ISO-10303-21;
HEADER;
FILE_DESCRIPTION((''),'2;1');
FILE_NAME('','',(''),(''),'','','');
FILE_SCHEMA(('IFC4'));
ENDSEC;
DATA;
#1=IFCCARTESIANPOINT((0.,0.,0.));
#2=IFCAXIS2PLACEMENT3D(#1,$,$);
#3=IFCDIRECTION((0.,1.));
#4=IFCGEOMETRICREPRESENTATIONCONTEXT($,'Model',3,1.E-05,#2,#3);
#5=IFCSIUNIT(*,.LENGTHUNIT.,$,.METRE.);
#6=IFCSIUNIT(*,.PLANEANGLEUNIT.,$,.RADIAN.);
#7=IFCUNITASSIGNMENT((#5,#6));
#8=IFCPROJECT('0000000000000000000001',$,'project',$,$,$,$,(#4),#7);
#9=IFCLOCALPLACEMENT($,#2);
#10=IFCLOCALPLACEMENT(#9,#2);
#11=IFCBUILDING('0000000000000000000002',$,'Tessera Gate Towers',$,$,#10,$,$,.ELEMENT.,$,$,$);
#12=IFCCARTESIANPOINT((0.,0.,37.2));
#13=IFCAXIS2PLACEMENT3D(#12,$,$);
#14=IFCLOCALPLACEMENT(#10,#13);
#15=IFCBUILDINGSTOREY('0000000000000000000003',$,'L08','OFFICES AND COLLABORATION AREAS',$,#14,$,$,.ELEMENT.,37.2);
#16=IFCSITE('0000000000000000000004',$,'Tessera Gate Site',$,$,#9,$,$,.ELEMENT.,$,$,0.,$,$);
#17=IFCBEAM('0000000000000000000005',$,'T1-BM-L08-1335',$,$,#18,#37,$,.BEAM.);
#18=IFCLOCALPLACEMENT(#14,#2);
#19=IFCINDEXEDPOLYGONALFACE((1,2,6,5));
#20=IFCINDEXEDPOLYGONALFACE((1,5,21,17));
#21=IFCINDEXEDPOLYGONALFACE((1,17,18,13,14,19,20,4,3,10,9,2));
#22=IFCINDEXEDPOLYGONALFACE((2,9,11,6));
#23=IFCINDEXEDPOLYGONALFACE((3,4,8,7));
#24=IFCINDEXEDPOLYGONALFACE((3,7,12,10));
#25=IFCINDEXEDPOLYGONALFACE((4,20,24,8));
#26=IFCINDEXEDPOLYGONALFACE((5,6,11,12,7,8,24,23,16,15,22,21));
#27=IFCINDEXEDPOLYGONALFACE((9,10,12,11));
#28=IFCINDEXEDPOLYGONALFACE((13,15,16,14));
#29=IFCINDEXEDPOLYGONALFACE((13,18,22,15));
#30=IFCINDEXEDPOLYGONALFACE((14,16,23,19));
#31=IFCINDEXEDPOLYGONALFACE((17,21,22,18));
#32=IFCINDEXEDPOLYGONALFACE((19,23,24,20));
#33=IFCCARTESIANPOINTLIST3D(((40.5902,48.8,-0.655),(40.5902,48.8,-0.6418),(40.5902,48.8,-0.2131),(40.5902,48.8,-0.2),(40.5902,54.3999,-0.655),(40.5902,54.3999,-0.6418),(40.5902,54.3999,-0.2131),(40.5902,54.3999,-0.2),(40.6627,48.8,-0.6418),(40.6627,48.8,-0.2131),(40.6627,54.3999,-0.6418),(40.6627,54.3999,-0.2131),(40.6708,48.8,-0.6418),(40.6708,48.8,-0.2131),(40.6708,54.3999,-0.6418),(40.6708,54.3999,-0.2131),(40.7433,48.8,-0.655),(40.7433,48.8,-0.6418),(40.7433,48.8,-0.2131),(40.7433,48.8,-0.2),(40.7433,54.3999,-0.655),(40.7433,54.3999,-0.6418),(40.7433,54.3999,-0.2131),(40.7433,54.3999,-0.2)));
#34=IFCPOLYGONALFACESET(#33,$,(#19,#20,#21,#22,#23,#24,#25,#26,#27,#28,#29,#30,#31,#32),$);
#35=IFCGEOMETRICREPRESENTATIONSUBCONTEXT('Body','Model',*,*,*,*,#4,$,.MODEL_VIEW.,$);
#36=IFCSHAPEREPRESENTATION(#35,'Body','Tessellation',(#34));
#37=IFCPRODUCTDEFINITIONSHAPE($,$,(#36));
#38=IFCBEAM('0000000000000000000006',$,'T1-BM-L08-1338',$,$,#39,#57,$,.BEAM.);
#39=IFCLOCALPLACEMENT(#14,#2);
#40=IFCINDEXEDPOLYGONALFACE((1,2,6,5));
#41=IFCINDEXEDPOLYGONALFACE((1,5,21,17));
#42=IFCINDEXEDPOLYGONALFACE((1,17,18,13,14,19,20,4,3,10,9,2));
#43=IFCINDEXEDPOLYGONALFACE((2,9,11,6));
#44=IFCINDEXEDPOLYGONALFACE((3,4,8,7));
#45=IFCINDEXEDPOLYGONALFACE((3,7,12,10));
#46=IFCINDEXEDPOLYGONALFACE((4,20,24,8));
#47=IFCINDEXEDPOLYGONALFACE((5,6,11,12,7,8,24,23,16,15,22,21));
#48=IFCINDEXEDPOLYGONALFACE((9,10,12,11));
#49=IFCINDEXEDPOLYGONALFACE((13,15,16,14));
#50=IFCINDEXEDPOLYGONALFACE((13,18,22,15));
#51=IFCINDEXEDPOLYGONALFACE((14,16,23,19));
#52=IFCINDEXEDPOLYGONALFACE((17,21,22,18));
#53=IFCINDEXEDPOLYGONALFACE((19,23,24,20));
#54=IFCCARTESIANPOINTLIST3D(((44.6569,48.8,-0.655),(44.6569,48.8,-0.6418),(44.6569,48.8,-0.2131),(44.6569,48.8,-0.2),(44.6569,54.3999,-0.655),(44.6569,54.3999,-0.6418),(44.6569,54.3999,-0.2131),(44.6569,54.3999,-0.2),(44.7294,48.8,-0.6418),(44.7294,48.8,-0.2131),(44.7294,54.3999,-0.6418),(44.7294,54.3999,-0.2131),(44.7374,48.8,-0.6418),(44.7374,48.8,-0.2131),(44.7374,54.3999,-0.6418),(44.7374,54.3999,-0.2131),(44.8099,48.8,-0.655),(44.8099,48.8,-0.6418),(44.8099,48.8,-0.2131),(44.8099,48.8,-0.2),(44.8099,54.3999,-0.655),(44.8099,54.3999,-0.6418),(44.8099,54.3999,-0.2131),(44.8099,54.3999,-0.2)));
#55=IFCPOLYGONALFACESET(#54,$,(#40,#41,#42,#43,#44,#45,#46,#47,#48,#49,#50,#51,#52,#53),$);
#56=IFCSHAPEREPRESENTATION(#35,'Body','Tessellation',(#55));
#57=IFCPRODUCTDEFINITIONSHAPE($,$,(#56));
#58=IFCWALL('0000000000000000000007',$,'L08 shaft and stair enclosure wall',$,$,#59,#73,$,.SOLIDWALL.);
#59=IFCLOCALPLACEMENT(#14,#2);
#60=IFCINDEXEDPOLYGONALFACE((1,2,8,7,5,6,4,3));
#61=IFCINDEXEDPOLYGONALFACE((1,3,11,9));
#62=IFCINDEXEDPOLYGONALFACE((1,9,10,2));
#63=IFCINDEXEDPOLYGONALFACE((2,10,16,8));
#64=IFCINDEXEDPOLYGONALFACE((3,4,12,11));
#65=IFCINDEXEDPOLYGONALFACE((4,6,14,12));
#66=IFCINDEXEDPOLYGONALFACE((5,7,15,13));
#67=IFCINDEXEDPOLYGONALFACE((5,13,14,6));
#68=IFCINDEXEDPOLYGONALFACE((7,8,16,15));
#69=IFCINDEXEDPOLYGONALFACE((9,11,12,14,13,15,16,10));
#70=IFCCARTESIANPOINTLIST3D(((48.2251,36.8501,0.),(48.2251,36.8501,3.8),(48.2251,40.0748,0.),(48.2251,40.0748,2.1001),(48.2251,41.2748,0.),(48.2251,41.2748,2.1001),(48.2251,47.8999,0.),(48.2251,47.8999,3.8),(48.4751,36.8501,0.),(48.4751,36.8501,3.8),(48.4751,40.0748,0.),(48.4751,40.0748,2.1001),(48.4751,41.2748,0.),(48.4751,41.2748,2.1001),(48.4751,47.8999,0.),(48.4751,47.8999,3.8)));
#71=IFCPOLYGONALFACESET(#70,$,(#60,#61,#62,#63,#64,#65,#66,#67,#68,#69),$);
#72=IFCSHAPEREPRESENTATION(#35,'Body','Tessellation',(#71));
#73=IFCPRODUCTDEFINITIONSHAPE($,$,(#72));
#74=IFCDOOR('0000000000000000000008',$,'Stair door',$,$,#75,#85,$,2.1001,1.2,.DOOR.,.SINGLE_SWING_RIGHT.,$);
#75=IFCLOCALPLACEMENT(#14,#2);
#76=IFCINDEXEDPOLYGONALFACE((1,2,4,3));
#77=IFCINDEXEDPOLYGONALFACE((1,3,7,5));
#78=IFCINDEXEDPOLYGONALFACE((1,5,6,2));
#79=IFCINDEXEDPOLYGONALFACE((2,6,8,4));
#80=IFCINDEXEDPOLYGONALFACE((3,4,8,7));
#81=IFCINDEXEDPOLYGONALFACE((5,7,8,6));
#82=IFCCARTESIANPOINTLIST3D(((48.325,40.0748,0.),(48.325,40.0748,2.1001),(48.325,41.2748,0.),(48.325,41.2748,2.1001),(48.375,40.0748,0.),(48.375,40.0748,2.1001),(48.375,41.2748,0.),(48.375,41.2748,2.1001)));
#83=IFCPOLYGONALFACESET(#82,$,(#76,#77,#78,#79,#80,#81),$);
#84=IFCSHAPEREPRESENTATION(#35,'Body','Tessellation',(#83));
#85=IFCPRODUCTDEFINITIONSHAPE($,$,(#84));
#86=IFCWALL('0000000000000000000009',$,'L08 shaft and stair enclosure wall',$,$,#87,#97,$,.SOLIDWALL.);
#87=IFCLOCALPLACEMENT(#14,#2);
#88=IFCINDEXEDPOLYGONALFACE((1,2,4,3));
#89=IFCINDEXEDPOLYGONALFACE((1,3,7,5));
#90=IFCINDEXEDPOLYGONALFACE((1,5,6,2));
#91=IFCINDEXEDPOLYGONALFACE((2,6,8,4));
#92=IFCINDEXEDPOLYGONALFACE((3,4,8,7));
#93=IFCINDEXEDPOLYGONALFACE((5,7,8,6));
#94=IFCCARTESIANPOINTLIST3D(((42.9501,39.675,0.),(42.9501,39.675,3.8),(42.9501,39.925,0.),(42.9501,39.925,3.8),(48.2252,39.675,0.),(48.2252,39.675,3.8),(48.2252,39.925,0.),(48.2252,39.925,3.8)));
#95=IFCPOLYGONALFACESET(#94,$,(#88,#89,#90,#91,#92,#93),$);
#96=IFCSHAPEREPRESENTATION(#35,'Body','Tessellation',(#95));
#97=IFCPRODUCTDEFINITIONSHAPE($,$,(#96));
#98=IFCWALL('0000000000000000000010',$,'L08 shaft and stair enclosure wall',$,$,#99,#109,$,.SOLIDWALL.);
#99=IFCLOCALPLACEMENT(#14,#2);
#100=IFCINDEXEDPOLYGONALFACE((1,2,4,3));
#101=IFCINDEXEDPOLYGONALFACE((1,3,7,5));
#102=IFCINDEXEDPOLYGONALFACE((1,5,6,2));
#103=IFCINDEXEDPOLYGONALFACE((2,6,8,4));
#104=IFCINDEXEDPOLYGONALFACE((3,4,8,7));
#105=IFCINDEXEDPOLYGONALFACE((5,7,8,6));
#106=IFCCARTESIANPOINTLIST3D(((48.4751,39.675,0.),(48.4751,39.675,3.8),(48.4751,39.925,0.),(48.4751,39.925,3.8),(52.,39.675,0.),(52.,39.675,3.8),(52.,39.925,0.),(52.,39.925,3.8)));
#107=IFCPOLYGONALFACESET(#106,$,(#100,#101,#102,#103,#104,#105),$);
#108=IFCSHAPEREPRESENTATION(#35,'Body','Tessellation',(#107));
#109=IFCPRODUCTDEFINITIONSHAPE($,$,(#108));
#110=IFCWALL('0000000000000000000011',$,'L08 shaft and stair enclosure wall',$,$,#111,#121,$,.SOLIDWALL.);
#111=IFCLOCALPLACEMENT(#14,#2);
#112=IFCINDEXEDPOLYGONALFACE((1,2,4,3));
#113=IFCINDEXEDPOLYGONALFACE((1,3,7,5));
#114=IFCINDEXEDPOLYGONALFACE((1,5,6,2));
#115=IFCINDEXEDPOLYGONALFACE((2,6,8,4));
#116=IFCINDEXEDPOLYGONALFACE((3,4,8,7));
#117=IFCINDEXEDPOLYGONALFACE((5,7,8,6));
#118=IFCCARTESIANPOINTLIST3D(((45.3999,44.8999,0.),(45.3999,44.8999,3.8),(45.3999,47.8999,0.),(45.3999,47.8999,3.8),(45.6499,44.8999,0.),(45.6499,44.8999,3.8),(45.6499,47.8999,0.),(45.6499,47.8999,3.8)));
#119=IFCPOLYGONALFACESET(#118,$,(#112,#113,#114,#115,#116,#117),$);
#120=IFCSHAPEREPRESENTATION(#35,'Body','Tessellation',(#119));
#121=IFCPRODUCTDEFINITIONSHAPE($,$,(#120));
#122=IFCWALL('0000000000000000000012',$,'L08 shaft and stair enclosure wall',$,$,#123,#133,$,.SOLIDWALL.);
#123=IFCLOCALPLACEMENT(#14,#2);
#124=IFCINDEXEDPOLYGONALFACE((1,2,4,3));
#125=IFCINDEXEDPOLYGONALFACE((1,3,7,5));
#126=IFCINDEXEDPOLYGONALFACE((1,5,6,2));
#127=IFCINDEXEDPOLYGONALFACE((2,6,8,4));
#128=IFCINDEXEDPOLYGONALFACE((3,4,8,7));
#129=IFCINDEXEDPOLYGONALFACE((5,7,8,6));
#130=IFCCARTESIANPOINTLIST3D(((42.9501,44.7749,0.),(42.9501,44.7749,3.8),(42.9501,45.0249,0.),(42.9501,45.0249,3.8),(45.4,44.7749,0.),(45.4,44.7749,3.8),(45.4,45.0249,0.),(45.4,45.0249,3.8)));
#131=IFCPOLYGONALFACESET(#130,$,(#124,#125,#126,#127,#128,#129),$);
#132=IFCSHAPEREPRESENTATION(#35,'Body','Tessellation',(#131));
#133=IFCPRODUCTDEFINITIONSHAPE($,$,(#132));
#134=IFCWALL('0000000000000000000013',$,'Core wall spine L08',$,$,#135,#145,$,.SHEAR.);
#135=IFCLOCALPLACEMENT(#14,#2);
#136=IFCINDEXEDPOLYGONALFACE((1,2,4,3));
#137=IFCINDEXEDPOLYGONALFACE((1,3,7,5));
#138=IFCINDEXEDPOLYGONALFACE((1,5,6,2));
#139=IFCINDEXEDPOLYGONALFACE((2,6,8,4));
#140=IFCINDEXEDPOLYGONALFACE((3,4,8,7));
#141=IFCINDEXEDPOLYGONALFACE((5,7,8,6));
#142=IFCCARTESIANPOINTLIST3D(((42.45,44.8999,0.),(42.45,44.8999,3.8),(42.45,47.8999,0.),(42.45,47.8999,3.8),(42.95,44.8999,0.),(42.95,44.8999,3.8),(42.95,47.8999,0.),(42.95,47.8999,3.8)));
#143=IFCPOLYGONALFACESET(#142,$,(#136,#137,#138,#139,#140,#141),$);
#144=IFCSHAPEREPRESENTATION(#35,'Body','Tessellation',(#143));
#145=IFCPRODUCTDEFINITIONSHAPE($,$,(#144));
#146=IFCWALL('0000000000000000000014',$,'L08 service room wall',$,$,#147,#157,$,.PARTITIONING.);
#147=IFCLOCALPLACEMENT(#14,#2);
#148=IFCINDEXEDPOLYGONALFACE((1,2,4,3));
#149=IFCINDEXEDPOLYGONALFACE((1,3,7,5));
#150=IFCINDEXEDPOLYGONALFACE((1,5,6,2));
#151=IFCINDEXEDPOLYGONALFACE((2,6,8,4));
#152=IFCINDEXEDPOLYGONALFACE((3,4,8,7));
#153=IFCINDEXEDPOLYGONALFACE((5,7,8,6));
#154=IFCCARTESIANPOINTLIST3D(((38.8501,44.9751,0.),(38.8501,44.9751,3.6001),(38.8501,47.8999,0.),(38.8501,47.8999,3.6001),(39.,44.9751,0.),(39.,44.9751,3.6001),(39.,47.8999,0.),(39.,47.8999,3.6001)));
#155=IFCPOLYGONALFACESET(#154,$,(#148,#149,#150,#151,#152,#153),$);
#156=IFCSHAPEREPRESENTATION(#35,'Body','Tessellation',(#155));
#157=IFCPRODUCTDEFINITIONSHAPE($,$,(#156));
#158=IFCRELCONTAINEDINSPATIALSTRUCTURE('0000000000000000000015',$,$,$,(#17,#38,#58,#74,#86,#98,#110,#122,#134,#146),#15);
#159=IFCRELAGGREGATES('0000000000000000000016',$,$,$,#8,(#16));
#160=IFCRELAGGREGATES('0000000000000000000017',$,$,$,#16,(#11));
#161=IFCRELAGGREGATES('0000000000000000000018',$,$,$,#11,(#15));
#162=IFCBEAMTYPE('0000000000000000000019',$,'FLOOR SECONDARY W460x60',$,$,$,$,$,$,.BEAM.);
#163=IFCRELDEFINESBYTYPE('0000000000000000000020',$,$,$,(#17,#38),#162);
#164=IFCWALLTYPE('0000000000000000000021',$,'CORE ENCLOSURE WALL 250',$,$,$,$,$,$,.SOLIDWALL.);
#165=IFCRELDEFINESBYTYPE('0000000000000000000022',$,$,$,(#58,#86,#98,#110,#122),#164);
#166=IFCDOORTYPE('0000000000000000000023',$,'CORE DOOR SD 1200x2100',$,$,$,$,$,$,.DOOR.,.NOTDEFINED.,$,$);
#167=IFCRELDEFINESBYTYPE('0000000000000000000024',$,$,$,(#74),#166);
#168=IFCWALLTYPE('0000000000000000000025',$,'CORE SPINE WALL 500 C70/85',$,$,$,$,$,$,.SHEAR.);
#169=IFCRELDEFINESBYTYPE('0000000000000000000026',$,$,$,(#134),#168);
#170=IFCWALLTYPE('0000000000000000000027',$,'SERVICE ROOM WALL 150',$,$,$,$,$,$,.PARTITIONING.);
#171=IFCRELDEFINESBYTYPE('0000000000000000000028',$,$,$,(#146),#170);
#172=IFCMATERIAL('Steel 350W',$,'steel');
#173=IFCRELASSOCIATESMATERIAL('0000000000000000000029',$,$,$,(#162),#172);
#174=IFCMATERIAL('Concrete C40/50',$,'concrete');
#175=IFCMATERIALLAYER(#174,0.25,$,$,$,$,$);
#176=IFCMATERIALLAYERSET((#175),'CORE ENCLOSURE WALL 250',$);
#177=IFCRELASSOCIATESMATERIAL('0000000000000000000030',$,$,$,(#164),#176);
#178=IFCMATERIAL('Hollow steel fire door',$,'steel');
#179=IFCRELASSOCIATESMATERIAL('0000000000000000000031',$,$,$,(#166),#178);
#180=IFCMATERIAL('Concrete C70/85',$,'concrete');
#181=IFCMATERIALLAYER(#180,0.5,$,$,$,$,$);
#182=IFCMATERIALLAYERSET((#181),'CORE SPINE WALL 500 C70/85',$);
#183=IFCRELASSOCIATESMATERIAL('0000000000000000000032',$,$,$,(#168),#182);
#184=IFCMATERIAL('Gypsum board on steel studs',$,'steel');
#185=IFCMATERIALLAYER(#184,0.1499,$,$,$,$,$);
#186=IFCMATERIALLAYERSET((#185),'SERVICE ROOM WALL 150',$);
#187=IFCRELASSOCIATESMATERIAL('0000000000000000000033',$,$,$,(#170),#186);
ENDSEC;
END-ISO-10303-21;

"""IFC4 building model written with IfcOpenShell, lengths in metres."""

from ifc_helpers import new_model, si_unit, direction, frame, frame_2d, origin, origin_2d, place, context, subcontext, project, spatial, rectangle, i_section, extrude, source, transform, mapped, material, layer, layer_set, material_profile, profile_set, type_object, element, fill, save


model = new_model("IFC4")

# Units and contexts
model_context = context("Model", 3, precision=1e-05, world=origin(), true_north=direction((0.0, 1.0)))
body_context = subcontext(model_context, "Body", "Model", "MODEL_VIEW")
ifc_project = project(units=[si_unit("LENGTHUNIT", "METRE"), si_unit("PLANEANGLEUNIT", "RADIAN")], contexts=[model_context])

# Site, building, storey
site_placement = place(None, origin())
site = spatial("IfcSite", under=ifc_project, at=site_placement, Name="Tessera Gate Site", CompositionType="ELEMENT", RefElevation=0.0)
building_placement = place(site_placement, origin())
building = spatial("IfcBuilding", under=site, at=building_placement, Name="Tessera Gate Towers", CompositionType="ELEMENT")
storey_placement = place(building_placement, frame((0.0, 0.0, 37.2)))
storey = spatial("IfcBuildingStorey", under=building, at=storey_placement, Name="L08", Description="OFFICES AND COLLABORATION AREAS", CompositionType="ELEMENT", Elevation=37.2)

# Beams
ifc_material_1 = material(Name="Steel 350W", Category="steel")
ifc_material_profile = material_profile(ifc_material_1, i_section(OverallWidth=0.1531, OverallDepth=0.4551, WebThickness=0.0081, FlangeThickness=0.0132, at=origin_2d()), Name="W460x60")
ifc_profile_set = profile_set([ifc_material_profile], Name="Steel 350W")
beam_type = type_object("IfcBeamType", Name="FLOOR SECONDARY W460x60", PredefinedType="BEAM", material=ifc_profile_set)
for number, where, z_axis, x_axis, name in (
    (1, (40.6667, 48.8, -0.4275), (0.0, 1.0, 0.0), (-1.0, 0.0, 0.0), "T1-BM-L08-1335"),
    (2, (44.7334, 48.8, -0.4275), (0.0, 1.0, 0.0), (-1.0, 0.0, 0.0), "T1-BM-L08-1338"),
):
    element("IfcBeam", number, at=place(storey_placement, frame(where, z_axis=z_axis, x_axis=x_axis)), inside=storey, type_object=beam_type, Name=name, PredefinedType="BEAM", context=body_context, shape_type="SweptSolid", body=[
        extrude(i_section(OverallWidth=0.1531, OverallDepth=0.4551, WebThickness=0.0081, FlangeThickness=0.0132, at=origin_2d()), origin(), (0.0, 0.0, 1.0), 5.5999),
    ])

# Wall, opening, door
ifc_material_2 = material(Name="Concrete C40/50", Category="concrete")
ifc_layer_1 = layer(ifc_material_2, 0.25)
ifc_layer_set_1 = layer_set([ifc_layer_1], Name="CORE ENCLOSURE WALL 250")
wall_type_1 = type_object("IfcWallType", Name="CORE ENCLOSURE WALL 250", PredefinedType="SOLIDWALL", material=ifc_layer_set_1)
wall_1_placement = place(storey_placement, frame((48.3501, 47.8999, 0.0), z_axis=(0.0, 0.0, 1.0), x_axis=(0.0, -1.0, 0.0)))
wall_1 = element("IfcWall", 3, at=wall_1_placement, inside=storey, type_object=wall_type_1, Name="L08 shaft and stair enclosure wall", PredefinedType="SOLIDWALL", context=body_context, shape_type="SweptSolid", body=[
    extrude(rectangle(XDim=11.0498, YDim=0.25, at=frame_2d((5.5249, 0.0))), origin(), (0.0, 0.0, 1.0), 3.8),
])
shared_shape_1 = source(origin(), body_context, "Body", "SweptSolid", [
    extrude(rectangle(XDim=1.2, YDim=2.1001, at=frame_2d((0.6001, 1.05))), frame((0.0, 0.135, 0.0), z_axis=(0.0, -1.0, 0.0), x_axis=(1.0, 0.0, 0.0)), (0.0, 0.0, 1.0), 0.27),
])
opening_1_placement = place(wall_1_placement, frame((6.625, 0.0, 0.0)))
opening_1 = element("IfcOpeningElement", 4, at=opening_1_placement, cuts=wall_1, PredefinedType="OPENING", context=body_context, shape_type="MappedRepresentation", body=[
    mapped(shared_shape_1, transform((0.0, 0.0, 0.0), scale=1.0)),
])
ifc_material_3 = material(Name="Hollow steel fire door", Category="steel")
door_type_1 = type_object("IfcDoorType", Name="CORE DOOR SD 1200x2100", OperationType="NOTDEFINED", PredefinedType="DOOR", material=ifc_material_3)
shared_shape_2 = source(origin(), body_context, "Body", "SweptSolid", [
    extrude(rectangle(XDim=1.2, YDim=2.1001, at=frame_2d((0.6001, 1.05))), frame((0.0, 0.0249, 0.0), z_axis=(0.0, -1.0, 0.0), x_axis=(1.0, 0.0, 0.0)), (0.0, 0.0, 1.0), 0.05),
])
door_1_placement = place(opening_1_placement, origin())
door_1 = element("IfcDoor", 5, at=door_1_placement, inside=storey, type_object=door_type_1, Name="Stair door", OperationType="SINGLE_SWING_RIGHT", OverallHeight=2.1001, OverallWidth=1.2, PredefinedType="DOOR", context=body_context, shape_type="MappedRepresentation", body=[
    mapped(shared_shape_2, transform((0.0, 0.0, 0.0), scale=1.0)),
])
fill(opening_1, door_1)

# Walls
wall_2_placement = place(storey_placement, frame((42.95, 39.8, 0.0), z_axis=(0.0, 0.0, 1.0), x_axis=(1.0, 0.0, 0.0)))
element("IfcWall", 6, at=wall_2_placement, inside=storey, type_object=wall_type_1, Name="L08 shaft and stair enclosure wall", PredefinedType="SOLIDWALL", context=body_context, shape_type="SweptSolid", body=[
    extrude(rectangle(XDim=5.2751, YDim=0.25, at=frame_2d((2.6377, 0.0))), origin(), (0.0, 0.0, 1.0), 3.8),
])
wall_3_placement = place(storey_placement, frame((48.4751, 39.8, 0.0), z_axis=(0.0, 0.0, 1.0), x_axis=(1.0, 0.0, 0.0)))
element("IfcWall", 7, at=wall_3_placement, inside=storey, type_object=wall_type_1, Name="L08 shaft and stair enclosure wall", PredefinedType="SOLIDWALL", context=body_context, shape_type="SweptSolid", body=[
    extrude(rectangle(XDim=3.5249, YDim=0.25, at=frame_2d((1.7625, 0.0))), origin(), (0.0, 0.0, 1.0), 3.8),
])
wall_4_placement = place(storey_placement, frame((45.5249, 44.8999, 0.0), z_axis=(0.0, 0.0, 1.0), x_axis=(0.0, 1.0, 0.0)))
element("IfcWall", 8, at=wall_4_placement, inside=storey, type_object=wall_type_1, Name="L08 shaft and stair enclosure wall", PredefinedType="SOLIDWALL", context=body_context, shape_type="SweptSolid", body=[
    extrude(rectangle(XDim=3.0, YDim=0.25, at=frame_2d((1.5, 0.0))), origin(), (0.0, 0.0, 1.0), 3.8),
])
wall_5_placement = place(storey_placement, frame((42.95, 44.8999, 0.0), z_axis=(0.0, 0.0, 1.0), x_axis=(1.0, 0.0, 0.0)))
element("IfcWall", 9, at=wall_5_placement, inside=storey, type_object=wall_type_1, Name="L08 shaft and stair enclosure wall", PredefinedType="SOLIDWALL", context=body_context, shape_type="SweptSolid", body=[
    extrude(rectangle(XDim=2.45, YDim=0.25, at=frame_2d((1.2251, 0.0))), origin(), (0.0, 0.0, 1.0), 3.8),
])
ifc_material_4 = material(Name="Concrete C70/85", Category="concrete")
ifc_layer_2 = layer(ifc_material_4, 0.5)
ifc_layer_set_2 = layer_set([ifc_layer_2], Name="CORE SPINE WALL 500 C70/85")
wall_type_2 = type_object("IfcWallType", Name="CORE SPINE WALL 500 C70/85", PredefinedType="SHEAR", material=ifc_layer_set_2)
wall_6_placement = place(storey_placement, frame((42.7, 44.8999, 0.0), z_axis=(0.0, 0.0, 1.0), x_axis=(0.0, 1.0, 0.0)))
element("IfcWall", 10, at=wall_6_placement, inside=storey, type_object=wall_type_2, Name="Core wall spine L08", PredefinedType="SHEAR", context=body_context, shape_type="SweptSolid", body=[
    extrude(rectangle(XDim=3.0, YDim=0.5, at=frame_2d((1.5, 0.0))), origin(), (0.0, 0.0, 1.0), 3.8),
])
ifc_material_5 = material(Name="Gypsum board on steel studs", Category="steel")
ifc_layer_3 = layer(ifc_material_5, 0.1499)
ifc_layer_set_3 = layer_set([ifc_layer_3], Name="SERVICE ROOM WALL 150")
wall_type_3 = type_object("IfcWallType", Name="SERVICE ROOM WALL 150", PredefinedType="PARTITIONING", material=ifc_layer_set_3)
wall_7_placement = place(storey_placement, frame((38.925, 44.9751, 0.0), z_axis=(0.0, 0.0, 1.0), x_axis=(0.0, 1.0, 0.0)))
element("IfcWall", 11, at=wall_7_placement, inside=storey, type_object=wall_type_3, Name="L08 service room wall", PredefinedType="PARTITIONING", context=body_context, shape_type="SweptSolid", body=[
    extrude(rectangle(XDim=2.9248, YDim=0.1499, at=frame_2d((1.4624, 0.0))), origin(), (0.0, 0.0, 1.0), 3.6001),
])

save(model, "model.ifc")
